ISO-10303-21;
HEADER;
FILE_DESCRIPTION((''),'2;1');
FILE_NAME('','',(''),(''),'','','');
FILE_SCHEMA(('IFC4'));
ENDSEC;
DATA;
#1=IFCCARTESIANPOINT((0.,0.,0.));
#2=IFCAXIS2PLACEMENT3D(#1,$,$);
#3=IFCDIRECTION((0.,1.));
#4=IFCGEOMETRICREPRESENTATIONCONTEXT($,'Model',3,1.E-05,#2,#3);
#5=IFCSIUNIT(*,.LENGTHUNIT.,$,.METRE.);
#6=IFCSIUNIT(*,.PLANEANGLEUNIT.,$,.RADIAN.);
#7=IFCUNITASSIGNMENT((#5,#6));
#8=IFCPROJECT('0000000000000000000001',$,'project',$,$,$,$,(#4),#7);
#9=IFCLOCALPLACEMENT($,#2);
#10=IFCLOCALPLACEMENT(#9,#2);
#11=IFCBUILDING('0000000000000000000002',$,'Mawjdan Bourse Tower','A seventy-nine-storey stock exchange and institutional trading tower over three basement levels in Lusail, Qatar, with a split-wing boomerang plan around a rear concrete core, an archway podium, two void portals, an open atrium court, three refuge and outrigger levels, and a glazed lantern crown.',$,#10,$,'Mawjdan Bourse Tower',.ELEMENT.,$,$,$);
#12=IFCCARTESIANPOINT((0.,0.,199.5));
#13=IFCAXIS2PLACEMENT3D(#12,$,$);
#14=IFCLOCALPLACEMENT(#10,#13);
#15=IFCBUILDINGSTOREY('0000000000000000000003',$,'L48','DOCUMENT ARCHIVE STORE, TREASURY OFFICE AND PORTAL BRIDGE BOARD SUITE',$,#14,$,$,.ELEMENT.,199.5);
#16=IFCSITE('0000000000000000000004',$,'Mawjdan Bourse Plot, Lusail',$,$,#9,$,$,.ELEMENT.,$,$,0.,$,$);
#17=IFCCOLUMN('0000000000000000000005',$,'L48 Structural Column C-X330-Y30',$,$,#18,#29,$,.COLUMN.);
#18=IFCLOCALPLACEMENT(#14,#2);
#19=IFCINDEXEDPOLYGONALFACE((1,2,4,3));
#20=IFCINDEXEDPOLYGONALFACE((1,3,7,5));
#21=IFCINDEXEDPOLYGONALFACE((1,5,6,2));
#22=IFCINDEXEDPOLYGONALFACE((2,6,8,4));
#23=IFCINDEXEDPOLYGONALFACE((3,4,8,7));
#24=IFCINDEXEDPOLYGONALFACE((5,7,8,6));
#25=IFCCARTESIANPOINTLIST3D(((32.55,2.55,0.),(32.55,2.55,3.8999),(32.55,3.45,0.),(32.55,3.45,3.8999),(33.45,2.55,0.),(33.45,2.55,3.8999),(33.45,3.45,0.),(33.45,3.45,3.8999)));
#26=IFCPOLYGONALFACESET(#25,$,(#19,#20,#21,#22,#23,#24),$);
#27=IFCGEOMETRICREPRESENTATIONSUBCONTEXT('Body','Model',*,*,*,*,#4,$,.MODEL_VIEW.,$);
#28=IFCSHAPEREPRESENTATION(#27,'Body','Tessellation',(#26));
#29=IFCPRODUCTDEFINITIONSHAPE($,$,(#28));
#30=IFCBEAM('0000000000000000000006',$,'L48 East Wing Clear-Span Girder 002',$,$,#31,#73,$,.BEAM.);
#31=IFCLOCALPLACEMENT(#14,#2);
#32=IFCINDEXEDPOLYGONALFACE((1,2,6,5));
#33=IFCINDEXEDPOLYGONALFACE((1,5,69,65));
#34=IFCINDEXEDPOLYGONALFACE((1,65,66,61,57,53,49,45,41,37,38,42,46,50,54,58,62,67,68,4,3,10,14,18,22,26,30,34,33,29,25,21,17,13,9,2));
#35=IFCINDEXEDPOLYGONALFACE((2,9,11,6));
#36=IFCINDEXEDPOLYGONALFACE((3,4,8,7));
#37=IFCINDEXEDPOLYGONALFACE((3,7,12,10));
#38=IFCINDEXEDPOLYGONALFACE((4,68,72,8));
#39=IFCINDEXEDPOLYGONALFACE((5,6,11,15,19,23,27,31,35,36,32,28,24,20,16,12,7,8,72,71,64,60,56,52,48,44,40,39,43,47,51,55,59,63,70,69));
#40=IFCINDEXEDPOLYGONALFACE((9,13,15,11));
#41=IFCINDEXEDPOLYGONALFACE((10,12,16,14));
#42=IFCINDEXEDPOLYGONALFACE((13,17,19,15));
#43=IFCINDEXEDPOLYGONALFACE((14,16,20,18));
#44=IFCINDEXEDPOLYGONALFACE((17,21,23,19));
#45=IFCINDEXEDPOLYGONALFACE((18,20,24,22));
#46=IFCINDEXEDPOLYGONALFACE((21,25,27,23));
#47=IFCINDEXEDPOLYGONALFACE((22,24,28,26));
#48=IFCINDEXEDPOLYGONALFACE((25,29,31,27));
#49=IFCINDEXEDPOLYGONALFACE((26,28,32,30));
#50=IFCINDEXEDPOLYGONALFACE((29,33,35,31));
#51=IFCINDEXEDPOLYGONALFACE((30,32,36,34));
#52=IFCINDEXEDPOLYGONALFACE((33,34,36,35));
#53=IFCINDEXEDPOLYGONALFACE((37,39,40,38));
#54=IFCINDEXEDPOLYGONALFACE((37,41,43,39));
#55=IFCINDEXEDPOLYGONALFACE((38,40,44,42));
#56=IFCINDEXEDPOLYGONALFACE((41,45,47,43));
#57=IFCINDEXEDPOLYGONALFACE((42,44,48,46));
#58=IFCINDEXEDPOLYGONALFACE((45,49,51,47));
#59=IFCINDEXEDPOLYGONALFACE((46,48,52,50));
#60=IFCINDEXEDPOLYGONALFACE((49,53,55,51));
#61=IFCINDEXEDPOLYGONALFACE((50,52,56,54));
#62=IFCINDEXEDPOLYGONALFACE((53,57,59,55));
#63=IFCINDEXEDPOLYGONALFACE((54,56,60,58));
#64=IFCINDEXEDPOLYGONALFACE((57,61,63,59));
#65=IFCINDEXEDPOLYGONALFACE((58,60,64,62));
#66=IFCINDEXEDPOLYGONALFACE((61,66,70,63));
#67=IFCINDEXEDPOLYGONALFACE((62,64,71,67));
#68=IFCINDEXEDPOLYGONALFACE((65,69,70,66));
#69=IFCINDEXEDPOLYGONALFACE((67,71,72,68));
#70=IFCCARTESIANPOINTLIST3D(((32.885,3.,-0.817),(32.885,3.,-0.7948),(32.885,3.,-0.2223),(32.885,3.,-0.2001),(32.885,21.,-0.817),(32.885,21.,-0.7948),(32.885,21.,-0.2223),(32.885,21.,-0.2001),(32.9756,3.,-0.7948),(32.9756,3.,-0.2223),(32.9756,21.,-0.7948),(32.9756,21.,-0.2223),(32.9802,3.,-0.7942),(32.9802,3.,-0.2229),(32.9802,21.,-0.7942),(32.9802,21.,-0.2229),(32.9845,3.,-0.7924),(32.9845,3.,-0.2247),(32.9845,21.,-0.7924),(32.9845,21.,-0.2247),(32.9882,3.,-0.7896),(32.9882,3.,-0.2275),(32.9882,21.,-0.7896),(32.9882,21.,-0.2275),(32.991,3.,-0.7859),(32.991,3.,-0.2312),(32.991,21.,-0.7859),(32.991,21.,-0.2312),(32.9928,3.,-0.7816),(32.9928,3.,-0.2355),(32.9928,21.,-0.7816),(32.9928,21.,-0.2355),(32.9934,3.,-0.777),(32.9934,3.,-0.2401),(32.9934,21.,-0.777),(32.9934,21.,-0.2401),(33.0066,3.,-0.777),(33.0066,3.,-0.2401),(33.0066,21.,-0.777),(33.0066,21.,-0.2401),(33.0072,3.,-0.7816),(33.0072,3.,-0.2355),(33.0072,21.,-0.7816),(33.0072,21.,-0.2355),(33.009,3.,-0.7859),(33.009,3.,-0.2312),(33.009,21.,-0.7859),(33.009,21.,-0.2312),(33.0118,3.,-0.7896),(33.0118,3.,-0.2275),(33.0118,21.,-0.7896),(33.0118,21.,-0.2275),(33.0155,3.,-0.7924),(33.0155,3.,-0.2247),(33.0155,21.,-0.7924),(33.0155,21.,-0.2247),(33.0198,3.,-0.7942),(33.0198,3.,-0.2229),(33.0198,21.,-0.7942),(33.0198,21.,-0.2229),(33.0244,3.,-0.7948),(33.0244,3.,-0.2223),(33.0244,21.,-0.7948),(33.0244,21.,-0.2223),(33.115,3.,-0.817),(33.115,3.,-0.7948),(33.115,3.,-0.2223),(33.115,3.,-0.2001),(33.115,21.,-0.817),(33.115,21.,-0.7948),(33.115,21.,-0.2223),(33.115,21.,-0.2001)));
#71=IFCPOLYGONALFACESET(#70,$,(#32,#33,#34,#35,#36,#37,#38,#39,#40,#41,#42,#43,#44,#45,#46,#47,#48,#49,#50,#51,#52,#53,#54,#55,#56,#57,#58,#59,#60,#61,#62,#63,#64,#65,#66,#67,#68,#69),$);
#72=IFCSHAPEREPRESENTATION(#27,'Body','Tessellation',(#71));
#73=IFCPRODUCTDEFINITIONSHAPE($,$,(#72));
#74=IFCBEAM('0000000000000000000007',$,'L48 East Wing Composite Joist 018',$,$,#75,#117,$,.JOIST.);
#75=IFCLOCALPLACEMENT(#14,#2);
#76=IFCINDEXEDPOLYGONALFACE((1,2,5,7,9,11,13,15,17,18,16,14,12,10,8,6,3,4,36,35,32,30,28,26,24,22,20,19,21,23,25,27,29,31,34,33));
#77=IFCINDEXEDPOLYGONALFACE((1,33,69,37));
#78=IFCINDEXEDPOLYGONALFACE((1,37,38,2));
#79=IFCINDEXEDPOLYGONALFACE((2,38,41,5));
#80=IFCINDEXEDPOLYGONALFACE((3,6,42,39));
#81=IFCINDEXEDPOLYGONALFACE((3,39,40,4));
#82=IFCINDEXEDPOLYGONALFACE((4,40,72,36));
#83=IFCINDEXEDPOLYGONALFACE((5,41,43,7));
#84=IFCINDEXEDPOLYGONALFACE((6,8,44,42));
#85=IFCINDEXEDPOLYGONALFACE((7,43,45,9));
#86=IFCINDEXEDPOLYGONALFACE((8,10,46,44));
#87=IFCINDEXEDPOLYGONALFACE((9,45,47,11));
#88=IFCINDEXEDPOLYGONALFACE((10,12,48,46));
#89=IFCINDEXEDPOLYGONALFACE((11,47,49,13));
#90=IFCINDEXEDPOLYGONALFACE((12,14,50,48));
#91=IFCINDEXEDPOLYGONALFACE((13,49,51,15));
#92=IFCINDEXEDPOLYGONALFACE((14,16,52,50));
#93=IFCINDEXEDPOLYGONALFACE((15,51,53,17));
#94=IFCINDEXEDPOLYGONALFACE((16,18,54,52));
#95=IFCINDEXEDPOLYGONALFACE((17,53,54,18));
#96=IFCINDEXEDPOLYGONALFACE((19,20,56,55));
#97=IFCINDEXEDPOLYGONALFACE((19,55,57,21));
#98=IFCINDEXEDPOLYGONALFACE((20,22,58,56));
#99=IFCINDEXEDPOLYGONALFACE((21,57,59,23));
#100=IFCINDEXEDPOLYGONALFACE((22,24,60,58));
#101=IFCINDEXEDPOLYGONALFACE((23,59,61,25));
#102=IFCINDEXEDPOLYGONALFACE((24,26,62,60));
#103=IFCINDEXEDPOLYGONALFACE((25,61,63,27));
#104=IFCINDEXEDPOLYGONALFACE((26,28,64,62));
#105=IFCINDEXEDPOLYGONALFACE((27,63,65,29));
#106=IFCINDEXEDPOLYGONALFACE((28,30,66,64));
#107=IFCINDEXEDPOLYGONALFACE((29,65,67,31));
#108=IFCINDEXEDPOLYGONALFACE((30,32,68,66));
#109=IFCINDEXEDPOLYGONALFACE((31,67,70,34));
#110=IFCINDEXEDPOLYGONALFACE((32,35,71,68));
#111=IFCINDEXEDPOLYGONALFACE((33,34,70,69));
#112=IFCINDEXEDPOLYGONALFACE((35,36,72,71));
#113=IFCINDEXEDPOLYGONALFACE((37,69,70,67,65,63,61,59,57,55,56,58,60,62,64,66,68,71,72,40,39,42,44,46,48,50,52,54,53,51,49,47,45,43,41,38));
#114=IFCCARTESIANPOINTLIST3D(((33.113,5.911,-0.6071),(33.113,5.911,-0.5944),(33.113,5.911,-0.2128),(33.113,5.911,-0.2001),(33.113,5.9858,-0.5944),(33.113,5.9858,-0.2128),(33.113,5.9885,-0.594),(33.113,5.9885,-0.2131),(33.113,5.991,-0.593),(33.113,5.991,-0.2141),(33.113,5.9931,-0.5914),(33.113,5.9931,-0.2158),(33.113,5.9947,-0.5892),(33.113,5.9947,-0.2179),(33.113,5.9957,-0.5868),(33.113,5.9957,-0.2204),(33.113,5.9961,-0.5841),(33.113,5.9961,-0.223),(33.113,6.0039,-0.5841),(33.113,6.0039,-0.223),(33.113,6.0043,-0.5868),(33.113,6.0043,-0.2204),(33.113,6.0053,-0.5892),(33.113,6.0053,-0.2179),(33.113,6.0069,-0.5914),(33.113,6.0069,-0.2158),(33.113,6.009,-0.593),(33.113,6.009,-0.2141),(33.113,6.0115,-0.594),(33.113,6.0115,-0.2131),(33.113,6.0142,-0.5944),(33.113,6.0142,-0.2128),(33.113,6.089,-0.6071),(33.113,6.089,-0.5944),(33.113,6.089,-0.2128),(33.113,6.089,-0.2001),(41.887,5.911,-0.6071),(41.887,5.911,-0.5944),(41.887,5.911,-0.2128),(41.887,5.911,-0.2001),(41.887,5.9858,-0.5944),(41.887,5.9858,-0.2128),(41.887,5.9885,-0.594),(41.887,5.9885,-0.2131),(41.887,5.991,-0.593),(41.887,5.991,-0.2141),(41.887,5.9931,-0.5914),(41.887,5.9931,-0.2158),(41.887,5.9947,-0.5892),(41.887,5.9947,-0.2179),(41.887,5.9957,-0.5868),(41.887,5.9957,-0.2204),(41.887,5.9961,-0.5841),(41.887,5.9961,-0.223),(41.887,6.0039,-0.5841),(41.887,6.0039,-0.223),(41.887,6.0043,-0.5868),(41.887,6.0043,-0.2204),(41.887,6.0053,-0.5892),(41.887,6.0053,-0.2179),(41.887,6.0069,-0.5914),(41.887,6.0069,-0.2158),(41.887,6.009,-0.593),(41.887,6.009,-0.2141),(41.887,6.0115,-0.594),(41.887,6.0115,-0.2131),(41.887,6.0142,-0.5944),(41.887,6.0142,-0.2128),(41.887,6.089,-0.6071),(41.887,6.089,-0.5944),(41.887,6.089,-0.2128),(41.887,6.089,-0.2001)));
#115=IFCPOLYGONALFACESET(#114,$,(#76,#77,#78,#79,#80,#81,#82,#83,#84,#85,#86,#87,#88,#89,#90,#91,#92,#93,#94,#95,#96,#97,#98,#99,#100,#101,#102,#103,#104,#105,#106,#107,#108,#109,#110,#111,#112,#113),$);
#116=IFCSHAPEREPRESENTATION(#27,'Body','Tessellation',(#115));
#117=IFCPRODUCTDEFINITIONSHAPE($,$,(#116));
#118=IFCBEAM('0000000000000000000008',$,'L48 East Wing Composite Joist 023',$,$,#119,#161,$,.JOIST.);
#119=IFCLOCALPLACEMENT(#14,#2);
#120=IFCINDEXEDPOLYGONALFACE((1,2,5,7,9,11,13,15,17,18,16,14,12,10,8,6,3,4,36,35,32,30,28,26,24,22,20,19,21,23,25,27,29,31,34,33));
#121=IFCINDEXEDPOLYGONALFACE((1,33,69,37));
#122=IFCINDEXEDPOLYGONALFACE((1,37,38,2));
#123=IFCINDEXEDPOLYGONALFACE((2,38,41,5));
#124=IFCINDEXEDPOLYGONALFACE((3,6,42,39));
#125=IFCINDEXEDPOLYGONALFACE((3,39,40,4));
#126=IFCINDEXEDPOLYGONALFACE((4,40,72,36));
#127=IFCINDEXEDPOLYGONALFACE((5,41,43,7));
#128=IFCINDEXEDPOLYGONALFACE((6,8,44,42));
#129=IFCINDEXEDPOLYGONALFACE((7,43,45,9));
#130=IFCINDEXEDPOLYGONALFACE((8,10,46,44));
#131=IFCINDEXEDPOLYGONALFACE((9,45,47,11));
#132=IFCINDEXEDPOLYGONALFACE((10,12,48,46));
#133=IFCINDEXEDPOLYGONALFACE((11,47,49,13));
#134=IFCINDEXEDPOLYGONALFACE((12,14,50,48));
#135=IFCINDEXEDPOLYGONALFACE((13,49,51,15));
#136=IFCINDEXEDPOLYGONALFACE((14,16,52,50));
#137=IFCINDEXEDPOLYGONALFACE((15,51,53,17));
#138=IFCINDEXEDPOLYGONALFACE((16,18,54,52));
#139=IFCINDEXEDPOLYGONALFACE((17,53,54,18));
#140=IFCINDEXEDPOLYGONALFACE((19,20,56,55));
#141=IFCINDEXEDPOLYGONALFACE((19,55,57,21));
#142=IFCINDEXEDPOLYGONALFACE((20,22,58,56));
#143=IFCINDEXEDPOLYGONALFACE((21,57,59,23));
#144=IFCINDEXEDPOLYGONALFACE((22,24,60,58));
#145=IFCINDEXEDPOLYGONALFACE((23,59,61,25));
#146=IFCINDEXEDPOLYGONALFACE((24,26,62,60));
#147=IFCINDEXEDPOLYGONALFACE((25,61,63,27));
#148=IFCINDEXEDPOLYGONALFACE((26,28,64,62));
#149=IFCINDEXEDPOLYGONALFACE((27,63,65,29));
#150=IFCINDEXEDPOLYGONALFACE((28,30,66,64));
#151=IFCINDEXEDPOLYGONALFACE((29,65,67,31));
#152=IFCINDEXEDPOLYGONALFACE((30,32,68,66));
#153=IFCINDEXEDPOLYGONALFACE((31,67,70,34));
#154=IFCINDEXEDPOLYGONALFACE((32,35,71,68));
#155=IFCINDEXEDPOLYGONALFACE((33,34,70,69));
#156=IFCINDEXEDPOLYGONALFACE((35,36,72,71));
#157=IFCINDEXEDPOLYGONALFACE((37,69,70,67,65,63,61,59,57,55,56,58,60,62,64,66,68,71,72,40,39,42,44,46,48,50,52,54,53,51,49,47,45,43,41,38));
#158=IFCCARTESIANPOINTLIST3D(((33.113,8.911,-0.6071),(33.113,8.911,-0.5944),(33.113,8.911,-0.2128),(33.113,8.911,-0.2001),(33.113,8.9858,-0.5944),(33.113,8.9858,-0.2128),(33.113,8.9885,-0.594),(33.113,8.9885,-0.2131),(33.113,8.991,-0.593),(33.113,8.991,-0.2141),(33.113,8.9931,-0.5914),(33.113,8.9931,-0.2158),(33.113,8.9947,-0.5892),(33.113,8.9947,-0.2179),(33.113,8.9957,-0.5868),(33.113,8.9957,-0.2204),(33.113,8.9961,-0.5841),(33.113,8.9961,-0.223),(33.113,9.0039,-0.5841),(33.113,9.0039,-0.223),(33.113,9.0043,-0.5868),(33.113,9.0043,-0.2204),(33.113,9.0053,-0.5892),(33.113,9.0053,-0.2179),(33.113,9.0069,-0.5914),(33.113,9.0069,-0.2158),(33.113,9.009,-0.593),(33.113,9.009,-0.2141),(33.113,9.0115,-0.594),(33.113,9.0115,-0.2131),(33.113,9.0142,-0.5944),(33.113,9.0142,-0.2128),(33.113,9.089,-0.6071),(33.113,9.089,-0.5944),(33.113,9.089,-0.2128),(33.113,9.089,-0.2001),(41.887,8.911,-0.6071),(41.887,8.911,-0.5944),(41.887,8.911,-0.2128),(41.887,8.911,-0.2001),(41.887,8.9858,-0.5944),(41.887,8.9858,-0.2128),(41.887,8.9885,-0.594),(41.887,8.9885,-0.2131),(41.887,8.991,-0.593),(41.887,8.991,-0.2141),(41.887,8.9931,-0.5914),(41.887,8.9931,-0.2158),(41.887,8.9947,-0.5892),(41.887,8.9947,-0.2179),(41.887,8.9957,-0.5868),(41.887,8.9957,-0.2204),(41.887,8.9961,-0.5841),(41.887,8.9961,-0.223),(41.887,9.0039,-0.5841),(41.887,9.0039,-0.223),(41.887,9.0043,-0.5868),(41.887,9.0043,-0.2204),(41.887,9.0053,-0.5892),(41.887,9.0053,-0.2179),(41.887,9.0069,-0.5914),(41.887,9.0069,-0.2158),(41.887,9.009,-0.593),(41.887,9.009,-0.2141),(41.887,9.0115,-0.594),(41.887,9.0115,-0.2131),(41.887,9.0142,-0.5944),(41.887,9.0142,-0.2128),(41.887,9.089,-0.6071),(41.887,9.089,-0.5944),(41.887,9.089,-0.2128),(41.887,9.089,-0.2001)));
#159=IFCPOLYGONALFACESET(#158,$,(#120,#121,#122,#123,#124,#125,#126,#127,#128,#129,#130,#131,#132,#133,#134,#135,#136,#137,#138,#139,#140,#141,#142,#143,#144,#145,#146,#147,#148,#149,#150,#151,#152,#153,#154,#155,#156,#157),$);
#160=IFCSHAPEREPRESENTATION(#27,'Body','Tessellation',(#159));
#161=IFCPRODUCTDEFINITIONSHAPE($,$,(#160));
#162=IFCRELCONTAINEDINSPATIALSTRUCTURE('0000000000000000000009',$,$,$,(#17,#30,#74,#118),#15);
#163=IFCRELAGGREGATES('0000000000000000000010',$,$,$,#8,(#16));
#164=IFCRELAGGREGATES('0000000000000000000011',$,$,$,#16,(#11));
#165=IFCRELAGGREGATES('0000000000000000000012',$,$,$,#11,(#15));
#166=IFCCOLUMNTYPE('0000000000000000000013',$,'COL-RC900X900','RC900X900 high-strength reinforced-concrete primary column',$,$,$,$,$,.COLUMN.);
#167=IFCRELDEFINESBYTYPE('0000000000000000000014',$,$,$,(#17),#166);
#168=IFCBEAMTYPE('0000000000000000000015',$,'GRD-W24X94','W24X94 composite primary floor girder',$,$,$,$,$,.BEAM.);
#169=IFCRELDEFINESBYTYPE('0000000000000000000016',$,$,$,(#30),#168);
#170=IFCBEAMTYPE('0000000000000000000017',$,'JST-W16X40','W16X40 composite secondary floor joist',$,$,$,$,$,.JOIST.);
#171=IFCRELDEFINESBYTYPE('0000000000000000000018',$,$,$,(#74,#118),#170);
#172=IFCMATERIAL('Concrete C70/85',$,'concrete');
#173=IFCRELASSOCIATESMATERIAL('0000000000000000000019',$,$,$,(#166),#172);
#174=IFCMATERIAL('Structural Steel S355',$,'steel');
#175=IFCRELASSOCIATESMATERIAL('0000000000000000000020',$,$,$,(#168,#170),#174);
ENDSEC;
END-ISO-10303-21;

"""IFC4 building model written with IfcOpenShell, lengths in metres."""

from ifc_helpers import new_model, si_unit, direction, frame, origin, origin_2d, place, context, subcontext, project, spatial, rectangle, i_section, extrude, material, material_profile, profile_set, type_object, element, save


model = new_model("IFC4")

# Units and contexts
model_context = context("Model", 3, precision=1e-05, world=origin(), true_north=direction((0.0, 1.0)))
body_context = subcontext(model_context, "Body", "Model", "MODEL_VIEW")
ifc_project = project(units=[si_unit("LENGTHUNIT", "METRE"), si_unit("PLANEANGLEUNIT", "RADIAN")], contexts=[model_context])

# Site, building, storey
site_placement = place(None, origin())
site = spatial("IfcSite", under=ifc_project, at=site_placement, Name="Mawjdan Bourse Plot, Lusail", CompositionType="ELEMENT", RefElevation=0.0)
building_placement = place(site_placement, origin())
building = spatial("IfcBuilding", under=site, at=building_placement, Name="Mawjdan Bourse Tower", Description="A seventy-nine-storey stock exchange and institutional trading tower over three basement levels in Lusail, Qatar, with a split-wing boomerang plan around a rear concrete core, an archway podium, two void portals, an open atrium court, three refuge and outrigger levels, and a glazed lantern crown.", LongName="Mawjdan Bourse Tower", CompositionType="ELEMENT")
storey_placement = place(building_placement, frame((0.0, 0.0, 199.5)))
storey = spatial("IfcBuildingStorey", under=building, at=storey_placement, Name="L48", Description="DOCUMENT ARCHIVE STORE, TREASURY OFFICE AND PORTAL BRIDGE BOARD SUITE", CompositionType="ELEMENT", Elevation=199.5)

# Column
ifc_material_1 = material(Name="Concrete C70/85", Category="concrete")
ifc_material_profile_1 = material_profile(ifc_material_1, rectangle(XDim=0.8999, YDim=0.8999, at=origin_2d()), Name="RC900X900")
ifc_profile_set_1 = profile_set([ifc_material_profile_1], Name="Concrete C70/85")
column_type = type_object("IfcColumnType", Name="COL-RC900X900", Description="RC900X900 high-strength reinforced-concrete primary column", PredefinedType="COLUMN", material=ifc_profile_set_1)
column_placement = place(storey_placement, frame((33.0, 3.0, 0.0), z_axis=(0.0, 0.0, 1.0), x_axis=(1.0, 0.0, 0.0)))
element("IfcColumn", 1, at=column_placement, inside=storey, type_object=column_type, Name="L48 Structural Column C-X330-Y30", PredefinedType="COLUMN", context=body_context, shape_type="SweptSolid", body=[
    extrude(rectangle(XDim=0.8999, YDim=0.8999, at=origin_2d()), origin(), (0.0, 0.0, 1.0), 3.8999),
])

# Beams
ifc_material_2 = material(Name="Structural Steel S355", Category="steel")
ifc_material_profile_2 = material_profile(ifc_material_2, i_section(OverallWidth=0.23, OverallDepth=0.6169, WebThickness=0.0132, FlangeThickness=0.0222, FilletRadius=0.0178, at=origin_2d()), Name="W24X94")
ifc_profile_set_2 = profile_set([ifc_material_profile_2], Name="Structural Steel S355")
beam_type_1 = type_object("IfcBeamType", Name="GRD-W24X94", Description="W24X94 composite primary floor girder", PredefinedType="BEAM", material=ifc_profile_set_2)
beam_placement = place(storey_placement, frame((33.0, 3.0, -0.5085), z_axis=(0.0, 1.0, 0.0), x_axis=(-1.0, 0.0, 0.0)))
element("IfcBeam", 2, at=beam_placement, inside=storey, type_object=beam_type_1, Name="L48 East Wing Clear-Span Girder 002", PredefinedType="BEAM", context=body_context, shape_type="SweptSolid", body=[
    extrude(i_section(OverallWidth=0.23, OverallDepth=0.6169, WebThickness=0.0132, FlangeThickness=0.0222, FilletRadius=0.0178, at=origin_2d()), origin(), (0.0, 0.0, 1.0), 18.0),
])
ifc_material_profile_3 = material_profile(ifc_material_2, i_section(OverallWidth=0.178, OverallDepth=0.407, WebThickness=0.0078, FlangeThickness=0.0127, FilletRadius=0.0103, at=origin_2d()), Name="W16X40")
ifc_profile_set_3 = profile_set([ifc_material_profile_3], Name="Structural Steel S355")
beam_type_2 = type_object("IfcBeamType", Name="JST-W16X40", Description="W16X40 composite secondary floor joist", PredefinedType="JOIST", material=ifc_profile_set_3)
for number, where, z_axis, x_axis, name in (
    (3, (33.113, 6.0, -0.4036), (1.0, 0.0, 0.0), (0.0, 1.0, 0.0), "L48 East Wing Composite Joist 018"),
    (4, (33.113, 9.0, -0.4036), (1.0, 0.0, 0.0), (0.0, 1.0, 0.0), "L48 East Wing Composite Joist 023"),
):
    element("IfcBeam", number, at=place(storey_placement, frame(where, z_axis=z_axis, x_axis=x_axis)), inside=storey, type_object=beam_type_2, Name=name, PredefinedType="JOIST", context=body_context, shape_type="SweptSolid", body=[
        extrude(i_section(OverallWidth=0.178, OverallDepth=0.407, WebThickness=0.0078, FlangeThickness=0.0127, FilletRadius=0.0103, at=origin_2d()), origin(), (0.0, 0.0, 1.0), 8.7739),
    ])

save(model, "model.ifc")
